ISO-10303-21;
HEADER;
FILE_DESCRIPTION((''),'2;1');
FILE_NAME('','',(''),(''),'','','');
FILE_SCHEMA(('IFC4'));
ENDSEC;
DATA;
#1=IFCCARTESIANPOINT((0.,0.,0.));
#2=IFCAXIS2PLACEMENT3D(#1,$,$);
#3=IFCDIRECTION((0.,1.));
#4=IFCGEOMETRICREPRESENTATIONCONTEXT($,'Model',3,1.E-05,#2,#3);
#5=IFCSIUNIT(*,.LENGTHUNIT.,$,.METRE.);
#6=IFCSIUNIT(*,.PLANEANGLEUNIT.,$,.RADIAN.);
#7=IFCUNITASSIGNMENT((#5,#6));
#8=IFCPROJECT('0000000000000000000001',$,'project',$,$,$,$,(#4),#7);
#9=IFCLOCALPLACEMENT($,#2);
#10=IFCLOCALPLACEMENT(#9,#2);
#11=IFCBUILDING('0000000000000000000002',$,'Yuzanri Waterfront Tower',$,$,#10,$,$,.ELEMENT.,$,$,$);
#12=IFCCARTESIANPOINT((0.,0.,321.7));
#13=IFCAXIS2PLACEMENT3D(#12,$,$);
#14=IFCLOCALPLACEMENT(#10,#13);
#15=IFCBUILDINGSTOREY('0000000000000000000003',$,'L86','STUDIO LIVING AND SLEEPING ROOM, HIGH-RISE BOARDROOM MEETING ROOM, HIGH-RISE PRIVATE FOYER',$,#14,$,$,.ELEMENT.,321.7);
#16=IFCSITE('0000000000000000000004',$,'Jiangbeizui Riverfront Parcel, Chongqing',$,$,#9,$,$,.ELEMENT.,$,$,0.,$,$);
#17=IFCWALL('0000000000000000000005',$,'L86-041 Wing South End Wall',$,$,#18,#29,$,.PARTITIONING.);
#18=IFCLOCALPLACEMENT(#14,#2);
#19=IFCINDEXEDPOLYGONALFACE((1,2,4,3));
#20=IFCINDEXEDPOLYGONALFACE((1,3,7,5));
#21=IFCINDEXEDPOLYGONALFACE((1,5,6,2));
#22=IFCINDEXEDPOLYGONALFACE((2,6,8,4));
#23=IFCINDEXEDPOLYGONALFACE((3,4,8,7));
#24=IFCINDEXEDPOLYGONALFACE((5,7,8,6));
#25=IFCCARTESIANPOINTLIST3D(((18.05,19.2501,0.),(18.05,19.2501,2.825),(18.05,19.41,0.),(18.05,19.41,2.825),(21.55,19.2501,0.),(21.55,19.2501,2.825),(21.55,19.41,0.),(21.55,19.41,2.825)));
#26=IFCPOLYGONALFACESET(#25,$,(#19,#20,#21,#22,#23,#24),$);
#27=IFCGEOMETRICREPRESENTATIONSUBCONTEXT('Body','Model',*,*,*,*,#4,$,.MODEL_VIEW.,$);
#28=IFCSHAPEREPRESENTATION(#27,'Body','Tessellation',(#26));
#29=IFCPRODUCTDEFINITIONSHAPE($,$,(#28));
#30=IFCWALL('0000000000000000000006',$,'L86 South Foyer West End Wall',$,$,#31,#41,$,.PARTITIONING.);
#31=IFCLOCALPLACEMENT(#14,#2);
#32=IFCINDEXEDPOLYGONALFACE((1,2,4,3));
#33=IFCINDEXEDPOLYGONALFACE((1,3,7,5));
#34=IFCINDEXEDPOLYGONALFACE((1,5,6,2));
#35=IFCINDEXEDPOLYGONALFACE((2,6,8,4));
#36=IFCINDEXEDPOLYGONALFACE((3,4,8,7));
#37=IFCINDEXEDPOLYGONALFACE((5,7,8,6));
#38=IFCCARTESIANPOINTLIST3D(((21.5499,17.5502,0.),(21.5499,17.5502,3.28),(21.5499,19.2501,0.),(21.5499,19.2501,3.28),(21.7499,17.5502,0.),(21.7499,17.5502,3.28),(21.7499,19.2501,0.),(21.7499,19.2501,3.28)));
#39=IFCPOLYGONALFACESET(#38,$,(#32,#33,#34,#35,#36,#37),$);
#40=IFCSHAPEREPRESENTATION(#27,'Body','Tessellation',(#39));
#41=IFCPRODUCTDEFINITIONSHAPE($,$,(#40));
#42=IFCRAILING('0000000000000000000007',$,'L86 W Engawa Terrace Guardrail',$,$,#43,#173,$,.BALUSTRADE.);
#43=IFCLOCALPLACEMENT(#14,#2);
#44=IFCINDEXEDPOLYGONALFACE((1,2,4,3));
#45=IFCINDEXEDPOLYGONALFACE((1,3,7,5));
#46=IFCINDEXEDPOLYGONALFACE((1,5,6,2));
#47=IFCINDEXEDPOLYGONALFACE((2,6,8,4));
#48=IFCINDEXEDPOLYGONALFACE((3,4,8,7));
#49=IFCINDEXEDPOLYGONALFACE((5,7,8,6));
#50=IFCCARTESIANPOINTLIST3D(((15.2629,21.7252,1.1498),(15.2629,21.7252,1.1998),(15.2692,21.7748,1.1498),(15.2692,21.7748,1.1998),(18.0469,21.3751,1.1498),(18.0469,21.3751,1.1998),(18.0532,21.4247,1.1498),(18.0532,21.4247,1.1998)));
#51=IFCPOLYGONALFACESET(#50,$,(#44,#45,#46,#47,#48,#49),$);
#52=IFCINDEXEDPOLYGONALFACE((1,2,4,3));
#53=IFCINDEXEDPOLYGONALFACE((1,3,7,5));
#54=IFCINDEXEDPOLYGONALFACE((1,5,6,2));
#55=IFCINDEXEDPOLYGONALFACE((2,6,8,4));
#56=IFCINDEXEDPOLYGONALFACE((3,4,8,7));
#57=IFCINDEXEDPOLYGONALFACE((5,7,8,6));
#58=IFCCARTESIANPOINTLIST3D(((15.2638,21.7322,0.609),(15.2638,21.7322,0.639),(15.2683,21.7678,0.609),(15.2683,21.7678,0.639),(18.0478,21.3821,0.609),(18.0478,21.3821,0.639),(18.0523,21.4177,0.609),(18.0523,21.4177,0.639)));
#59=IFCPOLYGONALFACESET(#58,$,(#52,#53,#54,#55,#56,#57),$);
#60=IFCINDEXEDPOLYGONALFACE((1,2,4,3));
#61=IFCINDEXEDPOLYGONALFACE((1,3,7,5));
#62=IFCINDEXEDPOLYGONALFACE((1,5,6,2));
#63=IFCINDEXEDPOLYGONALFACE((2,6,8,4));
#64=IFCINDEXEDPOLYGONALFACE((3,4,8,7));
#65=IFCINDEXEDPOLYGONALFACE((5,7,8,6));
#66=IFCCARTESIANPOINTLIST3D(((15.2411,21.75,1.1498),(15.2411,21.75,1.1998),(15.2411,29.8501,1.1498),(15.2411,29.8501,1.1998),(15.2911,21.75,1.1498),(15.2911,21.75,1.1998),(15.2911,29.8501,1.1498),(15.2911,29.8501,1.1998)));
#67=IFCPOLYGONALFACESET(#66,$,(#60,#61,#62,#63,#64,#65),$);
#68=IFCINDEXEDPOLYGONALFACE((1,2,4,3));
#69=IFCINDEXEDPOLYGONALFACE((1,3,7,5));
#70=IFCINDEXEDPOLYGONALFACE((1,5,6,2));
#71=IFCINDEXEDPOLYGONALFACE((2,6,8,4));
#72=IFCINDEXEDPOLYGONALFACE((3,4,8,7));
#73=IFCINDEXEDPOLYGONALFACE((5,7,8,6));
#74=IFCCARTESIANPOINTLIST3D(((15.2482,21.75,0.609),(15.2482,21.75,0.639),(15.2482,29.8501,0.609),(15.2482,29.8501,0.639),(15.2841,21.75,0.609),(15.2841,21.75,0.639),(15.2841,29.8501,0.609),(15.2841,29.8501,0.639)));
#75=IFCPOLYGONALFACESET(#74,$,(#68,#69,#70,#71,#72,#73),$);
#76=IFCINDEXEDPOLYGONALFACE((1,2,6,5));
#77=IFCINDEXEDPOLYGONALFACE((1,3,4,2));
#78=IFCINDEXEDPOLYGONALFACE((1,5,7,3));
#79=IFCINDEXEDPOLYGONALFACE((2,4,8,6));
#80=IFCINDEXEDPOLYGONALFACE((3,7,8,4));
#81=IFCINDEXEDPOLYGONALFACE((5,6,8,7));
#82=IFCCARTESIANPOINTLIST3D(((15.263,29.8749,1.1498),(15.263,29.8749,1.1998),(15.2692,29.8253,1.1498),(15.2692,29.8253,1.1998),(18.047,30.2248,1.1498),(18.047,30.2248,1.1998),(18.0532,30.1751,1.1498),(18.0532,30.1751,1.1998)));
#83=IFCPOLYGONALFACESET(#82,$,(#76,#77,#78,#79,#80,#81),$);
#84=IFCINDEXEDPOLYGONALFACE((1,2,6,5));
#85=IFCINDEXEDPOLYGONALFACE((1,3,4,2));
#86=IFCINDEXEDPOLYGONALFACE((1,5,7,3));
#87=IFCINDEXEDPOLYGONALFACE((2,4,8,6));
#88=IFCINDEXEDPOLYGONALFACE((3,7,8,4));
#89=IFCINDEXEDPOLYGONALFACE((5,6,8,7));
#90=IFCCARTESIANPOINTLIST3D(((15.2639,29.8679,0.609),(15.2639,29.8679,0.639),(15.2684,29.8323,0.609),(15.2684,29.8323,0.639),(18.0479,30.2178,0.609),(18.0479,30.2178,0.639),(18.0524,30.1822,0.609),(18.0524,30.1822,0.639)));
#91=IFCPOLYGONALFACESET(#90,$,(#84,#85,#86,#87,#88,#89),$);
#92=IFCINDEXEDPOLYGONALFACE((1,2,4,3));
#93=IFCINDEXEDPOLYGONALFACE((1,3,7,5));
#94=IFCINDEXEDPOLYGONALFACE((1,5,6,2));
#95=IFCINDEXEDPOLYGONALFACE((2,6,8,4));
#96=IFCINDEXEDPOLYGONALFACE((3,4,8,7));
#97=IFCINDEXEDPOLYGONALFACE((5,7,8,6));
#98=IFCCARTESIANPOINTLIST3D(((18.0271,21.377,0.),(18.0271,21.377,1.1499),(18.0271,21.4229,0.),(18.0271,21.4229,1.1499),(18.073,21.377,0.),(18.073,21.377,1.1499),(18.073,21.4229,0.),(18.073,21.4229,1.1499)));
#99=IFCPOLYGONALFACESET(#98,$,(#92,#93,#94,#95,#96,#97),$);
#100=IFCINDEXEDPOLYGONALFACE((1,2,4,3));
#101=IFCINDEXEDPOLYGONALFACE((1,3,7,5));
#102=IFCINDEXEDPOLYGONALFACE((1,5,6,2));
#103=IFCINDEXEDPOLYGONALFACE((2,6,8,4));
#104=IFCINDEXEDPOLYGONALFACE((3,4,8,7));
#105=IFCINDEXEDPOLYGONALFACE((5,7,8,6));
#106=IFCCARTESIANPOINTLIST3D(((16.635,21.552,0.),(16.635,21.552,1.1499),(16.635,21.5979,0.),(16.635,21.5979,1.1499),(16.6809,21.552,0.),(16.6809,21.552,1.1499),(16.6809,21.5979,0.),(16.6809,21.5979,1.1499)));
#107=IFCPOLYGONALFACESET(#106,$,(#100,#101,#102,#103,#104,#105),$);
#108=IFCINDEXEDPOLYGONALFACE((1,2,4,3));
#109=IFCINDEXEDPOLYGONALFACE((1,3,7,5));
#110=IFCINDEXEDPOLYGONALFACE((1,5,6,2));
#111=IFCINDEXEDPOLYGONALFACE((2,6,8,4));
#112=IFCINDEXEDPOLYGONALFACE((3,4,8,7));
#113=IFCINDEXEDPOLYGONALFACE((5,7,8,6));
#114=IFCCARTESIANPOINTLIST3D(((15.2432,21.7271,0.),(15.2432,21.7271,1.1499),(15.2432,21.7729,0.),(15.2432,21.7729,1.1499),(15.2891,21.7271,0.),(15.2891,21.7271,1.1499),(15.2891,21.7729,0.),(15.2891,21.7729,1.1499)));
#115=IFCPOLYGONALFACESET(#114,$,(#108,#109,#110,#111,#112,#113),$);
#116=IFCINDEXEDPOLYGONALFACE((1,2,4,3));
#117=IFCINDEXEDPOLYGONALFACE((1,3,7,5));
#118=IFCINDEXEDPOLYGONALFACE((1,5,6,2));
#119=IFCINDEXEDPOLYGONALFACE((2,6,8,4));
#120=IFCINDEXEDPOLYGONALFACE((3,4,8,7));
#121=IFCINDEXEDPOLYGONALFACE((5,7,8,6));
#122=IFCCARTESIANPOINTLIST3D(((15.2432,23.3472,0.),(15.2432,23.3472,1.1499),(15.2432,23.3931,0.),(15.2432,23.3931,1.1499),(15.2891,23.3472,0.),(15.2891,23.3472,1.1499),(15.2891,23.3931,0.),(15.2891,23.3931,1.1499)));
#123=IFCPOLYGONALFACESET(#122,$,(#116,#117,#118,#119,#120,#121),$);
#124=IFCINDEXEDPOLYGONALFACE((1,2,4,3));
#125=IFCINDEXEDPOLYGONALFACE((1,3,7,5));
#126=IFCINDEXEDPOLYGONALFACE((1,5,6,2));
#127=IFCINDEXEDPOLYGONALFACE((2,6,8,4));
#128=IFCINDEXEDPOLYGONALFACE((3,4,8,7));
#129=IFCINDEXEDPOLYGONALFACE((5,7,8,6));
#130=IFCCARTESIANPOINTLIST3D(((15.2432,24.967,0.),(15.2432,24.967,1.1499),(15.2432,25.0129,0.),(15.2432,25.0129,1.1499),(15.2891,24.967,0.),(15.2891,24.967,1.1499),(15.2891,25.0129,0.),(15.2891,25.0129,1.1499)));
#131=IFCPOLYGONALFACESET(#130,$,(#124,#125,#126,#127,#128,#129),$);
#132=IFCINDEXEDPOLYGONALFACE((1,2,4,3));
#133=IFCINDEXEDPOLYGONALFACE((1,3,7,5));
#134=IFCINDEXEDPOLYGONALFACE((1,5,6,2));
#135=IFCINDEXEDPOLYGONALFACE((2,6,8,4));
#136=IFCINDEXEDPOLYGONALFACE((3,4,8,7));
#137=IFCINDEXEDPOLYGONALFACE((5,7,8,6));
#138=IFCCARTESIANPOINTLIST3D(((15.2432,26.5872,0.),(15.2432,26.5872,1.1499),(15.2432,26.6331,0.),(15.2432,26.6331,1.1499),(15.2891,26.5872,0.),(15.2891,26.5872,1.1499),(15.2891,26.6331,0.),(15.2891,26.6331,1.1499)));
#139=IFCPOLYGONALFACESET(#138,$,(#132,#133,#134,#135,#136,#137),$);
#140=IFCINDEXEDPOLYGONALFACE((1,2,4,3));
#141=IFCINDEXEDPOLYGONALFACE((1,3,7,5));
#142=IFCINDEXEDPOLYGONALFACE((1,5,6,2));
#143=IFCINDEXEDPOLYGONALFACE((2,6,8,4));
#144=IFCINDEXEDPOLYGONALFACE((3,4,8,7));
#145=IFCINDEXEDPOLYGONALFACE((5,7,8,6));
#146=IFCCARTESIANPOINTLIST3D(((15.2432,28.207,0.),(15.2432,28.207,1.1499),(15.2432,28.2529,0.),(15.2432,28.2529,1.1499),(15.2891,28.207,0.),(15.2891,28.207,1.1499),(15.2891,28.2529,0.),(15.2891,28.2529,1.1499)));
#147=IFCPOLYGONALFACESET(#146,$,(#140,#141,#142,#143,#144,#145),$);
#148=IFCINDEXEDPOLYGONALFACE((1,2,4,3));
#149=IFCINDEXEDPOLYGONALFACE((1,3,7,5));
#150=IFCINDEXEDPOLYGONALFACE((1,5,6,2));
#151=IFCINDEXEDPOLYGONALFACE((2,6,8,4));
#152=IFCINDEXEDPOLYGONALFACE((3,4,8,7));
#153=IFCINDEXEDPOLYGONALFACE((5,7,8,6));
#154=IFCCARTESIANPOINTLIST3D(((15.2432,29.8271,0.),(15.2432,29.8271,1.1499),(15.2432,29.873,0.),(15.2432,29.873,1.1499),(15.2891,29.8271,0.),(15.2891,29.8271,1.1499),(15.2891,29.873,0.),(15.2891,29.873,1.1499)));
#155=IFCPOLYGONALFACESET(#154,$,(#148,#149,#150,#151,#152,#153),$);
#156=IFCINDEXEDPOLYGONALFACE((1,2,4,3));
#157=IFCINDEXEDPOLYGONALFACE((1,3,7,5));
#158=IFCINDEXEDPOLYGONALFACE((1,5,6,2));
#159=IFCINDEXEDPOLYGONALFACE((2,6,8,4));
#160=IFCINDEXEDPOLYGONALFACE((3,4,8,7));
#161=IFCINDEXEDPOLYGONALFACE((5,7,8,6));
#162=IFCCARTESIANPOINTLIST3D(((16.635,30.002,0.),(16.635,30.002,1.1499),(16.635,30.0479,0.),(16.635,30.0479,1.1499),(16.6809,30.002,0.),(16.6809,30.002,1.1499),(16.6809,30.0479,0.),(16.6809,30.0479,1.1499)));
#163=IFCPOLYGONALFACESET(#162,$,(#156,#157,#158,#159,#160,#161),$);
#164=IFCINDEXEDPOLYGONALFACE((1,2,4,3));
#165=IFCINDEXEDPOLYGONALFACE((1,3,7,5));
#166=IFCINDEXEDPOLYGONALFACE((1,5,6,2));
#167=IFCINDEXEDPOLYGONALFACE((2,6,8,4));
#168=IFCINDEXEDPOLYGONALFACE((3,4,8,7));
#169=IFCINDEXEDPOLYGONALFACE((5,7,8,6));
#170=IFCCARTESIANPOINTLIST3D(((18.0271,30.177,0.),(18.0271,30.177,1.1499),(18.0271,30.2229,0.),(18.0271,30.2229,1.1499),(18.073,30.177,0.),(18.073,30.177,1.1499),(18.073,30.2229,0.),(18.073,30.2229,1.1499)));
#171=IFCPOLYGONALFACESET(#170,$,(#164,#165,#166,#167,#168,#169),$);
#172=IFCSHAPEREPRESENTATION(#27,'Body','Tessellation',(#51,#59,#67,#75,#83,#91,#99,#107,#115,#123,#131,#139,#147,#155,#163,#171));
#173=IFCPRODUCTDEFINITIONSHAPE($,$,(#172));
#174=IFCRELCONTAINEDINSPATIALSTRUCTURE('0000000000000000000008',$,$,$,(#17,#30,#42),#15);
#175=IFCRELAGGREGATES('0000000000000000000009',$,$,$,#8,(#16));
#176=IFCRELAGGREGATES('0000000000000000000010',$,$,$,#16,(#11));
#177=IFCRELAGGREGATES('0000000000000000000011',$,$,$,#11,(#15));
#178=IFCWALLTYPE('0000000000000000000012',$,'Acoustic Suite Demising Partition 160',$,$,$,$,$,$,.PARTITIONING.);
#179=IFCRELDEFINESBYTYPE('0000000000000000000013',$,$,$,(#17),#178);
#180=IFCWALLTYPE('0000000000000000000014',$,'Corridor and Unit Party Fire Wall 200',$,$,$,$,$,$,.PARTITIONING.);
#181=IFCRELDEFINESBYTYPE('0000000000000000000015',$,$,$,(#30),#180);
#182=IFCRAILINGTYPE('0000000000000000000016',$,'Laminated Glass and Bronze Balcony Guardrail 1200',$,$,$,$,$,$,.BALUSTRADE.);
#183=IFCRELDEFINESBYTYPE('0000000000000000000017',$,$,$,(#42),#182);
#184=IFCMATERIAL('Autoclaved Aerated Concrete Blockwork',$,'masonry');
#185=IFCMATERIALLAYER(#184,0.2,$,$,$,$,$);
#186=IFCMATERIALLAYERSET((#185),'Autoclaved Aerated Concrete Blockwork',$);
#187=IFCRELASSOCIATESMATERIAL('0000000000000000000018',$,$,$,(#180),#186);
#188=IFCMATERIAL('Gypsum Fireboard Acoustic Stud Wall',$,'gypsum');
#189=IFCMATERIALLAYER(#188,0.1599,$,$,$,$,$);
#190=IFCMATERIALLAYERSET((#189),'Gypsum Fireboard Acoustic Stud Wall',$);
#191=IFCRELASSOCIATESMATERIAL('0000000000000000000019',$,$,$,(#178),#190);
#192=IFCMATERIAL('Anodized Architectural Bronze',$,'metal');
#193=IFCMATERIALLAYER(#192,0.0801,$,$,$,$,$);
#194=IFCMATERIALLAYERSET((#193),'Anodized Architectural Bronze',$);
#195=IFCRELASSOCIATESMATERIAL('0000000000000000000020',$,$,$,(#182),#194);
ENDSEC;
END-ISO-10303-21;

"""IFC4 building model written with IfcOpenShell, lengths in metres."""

from ifc_helpers import new_model, si_unit, direction, frame, frame_2d, origin, origin_2d, place, context, subcontext, project, spatial, rectangle, extrude, source, transform, mapped, material, layer, layer_set, type_object, element, save


model = new_model("IFC4")

# Units and contexts
model_context = context("Model", 3, precision=1e-05, world=origin(), true_north=direction((0.0, 1.0)))
body_context = subcontext(model_context, "Body", "Model", "MODEL_VIEW")
ifc_project = project(units=[si_unit("LENGTHUNIT", "METRE"), si_unit("PLANEANGLEUNIT", "RADIAN")], contexts=[model_context])

# Site, building, storey
site_placement = place(None, origin())
site = spatial("IfcSite", under=ifc_project, at=site_placement, Name="Jiangbeizui Riverfront Parcel, Chongqing", CompositionType="ELEMENT", RefElevation=0.0)
building_placement = place(site_placement, origin())
building = spatial("IfcBuilding", under=site, at=building_placement, Name="Yuzanri Waterfront Tower", CompositionType="ELEMENT")
storey_placement = place(building_placement, frame((0.0, 0.0, 321.7)))
storey = spatial("IfcBuildingStorey", under=building, at=storey_placement, Name="L86", Description="STUDIO LIVING AND SLEEPING ROOM, HIGH-RISE BOARDROOM MEETING ROOM, HIGH-RISE PRIVATE FOYER", CompositionType="ELEMENT", Elevation=321.7)

# Shared definitions
ifc_material_1 = material(Name="Autoclaved Aerated Concrete Blockwork", Category="masonry")
ifc_layer_1 = layer(ifc_material_1, 0.2)
ifc_layer_set_1 = layer_set([ifc_layer_1], Name="Autoclaved Aerated Concrete Blockwork")
wall_type_1 = type_object("IfcWallType", Name="Corridor and Unit Party Fire Wall 200", PredefinedType="PARTITIONING", material=ifc_layer_set_1)

# Walls
ifc_material_2 = material(Name="Gypsum Fireboard Acoustic Stud Wall", Category="gypsum")
ifc_layer_2 = layer(ifc_material_2, 0.1599)
ifc_layer_set_2 = layer_set([ifc_layer_2], Name="Gypsum Fireboard Acoustic Stud Wall")
wall_type_2 = type_object("IfcWallType", Name="Acoustic Suite Demising Partition 160", PredefinedType="PARTITIONING", material=ifc_layer_set_2)
shared_shape_1 = source(origin(), body_context, "Body", "SweptSolid", [
    extrude(rectangle(XDim=3.5, YDim=0.1599, at=frame_2d((1.75, 0.0))), origin(), (0.0, 0.0, 1.0), 2.825),
])
wall_1_placement = place(storey_placement, frame((18.05, 19.3301, 0.0), z_axis=(0.0, 0.0, 1.0), x_axis=(1.0, 0.0, 0.0)))
element("IfcWall", 1, at=wall_1_placement, inside=storey, type_object=wall_type_2, Name="L86-041 Wing South End Wall", PredefinedType="PARTITIONING", context=body_context, shape_type="MappedRepresentation", body=[
    mapped(shared_shape_1, transform((0.0, 0.0, 0.0), scale=1.0)),
])
shared_shape_2 = source(origin(), body_context, "Body", "SweptSolid", [
    extrude(rectangle(XDim=1.7, YDim=0.2, at=frame_2d((0.8501, 0.0))), origin(), (0.0, 0.0, 1.0), 3.28),
])
wall_2_placement = place(storey_placement, frame((21.6499, 17.55, 0.0), z_axis=(0.0, 0.0, 1.0), x_axis=(0.0, 1.0, 0.0)))
element("IfcWall", 2, at=wall_2_placement, inside=storey, type_object=wall_type_1, Name="L86 South Foyer West End Wall", PredefinedType="PARTITIONING", context=body_context, shape_type="MappedRepresentation", body=[
    mapped(shared_shape_2, transform((0.0, 0.0, 0.0), scale=1.0)),
])

# Railing
ifc_material_3 = material(Name="Anodized Architectural Bronze", Category="metal")
ifc_layer_3 = layer(ifc_material_3, 0.0801)
ifc_layer_set_3 = layer_set([ifc_layer_3], Name="Anodized Architectural Bronze")
railing_type = type_object("IfcRailingType", Name="Laminated Glass and Bronze Balcony Guardrail 1200", PredefinedType="BALUSTRADE", material=ifc_layer_set_3)
shared_shape_3 = source(origin(), body_context, "Body", "SweptSolid", [
    extrude(rectangle(XDim=0.05, YDim=0.05, at=origin_2d()), frame((0.0, 0.0, 1.1748), z_axis=(-0.992185, 0.124774, 0.0), x_axis=(-0.124774, -0.992185, 0.0)), (0.0, 0.0, 1.0), 2.8059),
    extrude(rectangle(XDim=0.0359, YDim=0.03, at=origin_2d()), frame((0.0, 0.0, 0.624), z_axis=(-0.992185, 0.124774, 0.0), x_axis=(-0.124774, -0.992185, 0.0)), (0.0, 0.0, 1.0), 2.8059),
    extrude(rectangle(XDim=0.05, YDim=0.05, at=origin_2d()), frame((-2.7839, 0.3501, 1.1748), z_axis=(0.0, 1.0, 0.0), x_axis=(-1.0, 0.0, 0.0)), (0.0, 0.0, 1.0), 8.1001),
    extrude(rectangle(XDim=0.0359, YDim=0.03, at=origin_2d()), frame((-2.7839, 0.3501, 0.624), z_axis=(0.0, 1.0, 0.0), x_axis=(-1.0, 0.0, 0.0)), (0.0, 0.0, 1.0), 8.1001),
    extrude(rectangle(XDim=0.05, YDim=0.05, at=origin_2d()), frame((-2.7839, 8.4502, 1.1748), z_axis=(0.992196, 0.124688, 0.0), x_axis=(-0.124688, 0.992196, 0.0)), (0.0, 0.0, 1.0), 2.8059),
    extrude(rectangle(XDim=0.0359, YDim=0.03, at=origin_2d()), frame((-2.7839, 8.4502, 0.624), z_axis=(0.992196, 0.124688, 0.0), x_axis=(-0.124688, 0.992196, 0.0)), (0.0, 0.0, 1.0), 2.8059),
    extrude(rectangle(XDim=0.0459, YDim=0.0459, at=origin_2d()), origin(), (0.0, 0.0, 1.0), 1.1499),
    extrude(rectangle(XDim=0.0459, YDim=0.0459, at=origin_2d()), frame((-1.3921, 0.175, 0.0)), (0.0, 0.0, 1.0), 1.1499),
    extrude(rectangle(XDim=0.0459, YDim=0.0459, at=origin_2d()), frame((-2.7839, 0.3501, 0.0)), (0.0, 0.0, 1.0), 1.1499),
    extrude(rectangle(XDim=0.0459, YDim=0.0459, at=origin_2d()), frame((-2.7839, 1.9702, 0.0)), (0.0, 0.0, 1.0), 1.1499),
    extrude(rectangle(XDim=0.0459, YDim=0.0459, at=origin_2d()), frame((-2.7839, 3.5901, 0.0)), (0.0, 0.0, 1.0), 1.1499),
    extrude(rectangle(XDim=0.0459, YDim=0.0459, at=origin_2d()), frame((-2.7839, 5.2102, 0.0)), (0.0, 0.0, 1.0), 1.1499),
    extrude(rectangle(XDim=0.0459, YDim=0.0459, at=origin_2d()), frame((-2.7839, 6.8301, 0.0)), (0.0, 0.0, 1.0), 1.1499),
    extrude(rectangle(XDim=0.0459, YDim=0.0459, at=origin_2d()), frame((-2.7839, 8.4502, 0.0)), (0.0, 0.0, 1.0), 1.1499),
    extrude(rectangle(XDim=0.0459, YDim=0.0459, at=origin_2d()), frame((-1.3921, 8.625, 0.0)), (0.0, 0.0, 1.0), 1.1499),
    extrude(rectangle(XDim=0.0459, YDim=0.0459, at=origin_2d()), frame((0.0, 8.8, 0.0)), (0.0, 0.0, 1.0), 1.1499),
])
railing_placement = place(storey_placement, frame((18.05, 21.3999, 0.0)))
element("IfcRailing", 3, at=railing_placement, inside=storey, type_object=railing_type, Name="L86 W Engawa Terrace Guardrail", PredefinedType="BALUSTRADE", context=body_context, shape_type="MappedRepresentation", body=[
    mapped(shared_shape_3, transform((0.0, 0.0, 0.0), scale=1.0)),
])

save(model, "model.ifc")
